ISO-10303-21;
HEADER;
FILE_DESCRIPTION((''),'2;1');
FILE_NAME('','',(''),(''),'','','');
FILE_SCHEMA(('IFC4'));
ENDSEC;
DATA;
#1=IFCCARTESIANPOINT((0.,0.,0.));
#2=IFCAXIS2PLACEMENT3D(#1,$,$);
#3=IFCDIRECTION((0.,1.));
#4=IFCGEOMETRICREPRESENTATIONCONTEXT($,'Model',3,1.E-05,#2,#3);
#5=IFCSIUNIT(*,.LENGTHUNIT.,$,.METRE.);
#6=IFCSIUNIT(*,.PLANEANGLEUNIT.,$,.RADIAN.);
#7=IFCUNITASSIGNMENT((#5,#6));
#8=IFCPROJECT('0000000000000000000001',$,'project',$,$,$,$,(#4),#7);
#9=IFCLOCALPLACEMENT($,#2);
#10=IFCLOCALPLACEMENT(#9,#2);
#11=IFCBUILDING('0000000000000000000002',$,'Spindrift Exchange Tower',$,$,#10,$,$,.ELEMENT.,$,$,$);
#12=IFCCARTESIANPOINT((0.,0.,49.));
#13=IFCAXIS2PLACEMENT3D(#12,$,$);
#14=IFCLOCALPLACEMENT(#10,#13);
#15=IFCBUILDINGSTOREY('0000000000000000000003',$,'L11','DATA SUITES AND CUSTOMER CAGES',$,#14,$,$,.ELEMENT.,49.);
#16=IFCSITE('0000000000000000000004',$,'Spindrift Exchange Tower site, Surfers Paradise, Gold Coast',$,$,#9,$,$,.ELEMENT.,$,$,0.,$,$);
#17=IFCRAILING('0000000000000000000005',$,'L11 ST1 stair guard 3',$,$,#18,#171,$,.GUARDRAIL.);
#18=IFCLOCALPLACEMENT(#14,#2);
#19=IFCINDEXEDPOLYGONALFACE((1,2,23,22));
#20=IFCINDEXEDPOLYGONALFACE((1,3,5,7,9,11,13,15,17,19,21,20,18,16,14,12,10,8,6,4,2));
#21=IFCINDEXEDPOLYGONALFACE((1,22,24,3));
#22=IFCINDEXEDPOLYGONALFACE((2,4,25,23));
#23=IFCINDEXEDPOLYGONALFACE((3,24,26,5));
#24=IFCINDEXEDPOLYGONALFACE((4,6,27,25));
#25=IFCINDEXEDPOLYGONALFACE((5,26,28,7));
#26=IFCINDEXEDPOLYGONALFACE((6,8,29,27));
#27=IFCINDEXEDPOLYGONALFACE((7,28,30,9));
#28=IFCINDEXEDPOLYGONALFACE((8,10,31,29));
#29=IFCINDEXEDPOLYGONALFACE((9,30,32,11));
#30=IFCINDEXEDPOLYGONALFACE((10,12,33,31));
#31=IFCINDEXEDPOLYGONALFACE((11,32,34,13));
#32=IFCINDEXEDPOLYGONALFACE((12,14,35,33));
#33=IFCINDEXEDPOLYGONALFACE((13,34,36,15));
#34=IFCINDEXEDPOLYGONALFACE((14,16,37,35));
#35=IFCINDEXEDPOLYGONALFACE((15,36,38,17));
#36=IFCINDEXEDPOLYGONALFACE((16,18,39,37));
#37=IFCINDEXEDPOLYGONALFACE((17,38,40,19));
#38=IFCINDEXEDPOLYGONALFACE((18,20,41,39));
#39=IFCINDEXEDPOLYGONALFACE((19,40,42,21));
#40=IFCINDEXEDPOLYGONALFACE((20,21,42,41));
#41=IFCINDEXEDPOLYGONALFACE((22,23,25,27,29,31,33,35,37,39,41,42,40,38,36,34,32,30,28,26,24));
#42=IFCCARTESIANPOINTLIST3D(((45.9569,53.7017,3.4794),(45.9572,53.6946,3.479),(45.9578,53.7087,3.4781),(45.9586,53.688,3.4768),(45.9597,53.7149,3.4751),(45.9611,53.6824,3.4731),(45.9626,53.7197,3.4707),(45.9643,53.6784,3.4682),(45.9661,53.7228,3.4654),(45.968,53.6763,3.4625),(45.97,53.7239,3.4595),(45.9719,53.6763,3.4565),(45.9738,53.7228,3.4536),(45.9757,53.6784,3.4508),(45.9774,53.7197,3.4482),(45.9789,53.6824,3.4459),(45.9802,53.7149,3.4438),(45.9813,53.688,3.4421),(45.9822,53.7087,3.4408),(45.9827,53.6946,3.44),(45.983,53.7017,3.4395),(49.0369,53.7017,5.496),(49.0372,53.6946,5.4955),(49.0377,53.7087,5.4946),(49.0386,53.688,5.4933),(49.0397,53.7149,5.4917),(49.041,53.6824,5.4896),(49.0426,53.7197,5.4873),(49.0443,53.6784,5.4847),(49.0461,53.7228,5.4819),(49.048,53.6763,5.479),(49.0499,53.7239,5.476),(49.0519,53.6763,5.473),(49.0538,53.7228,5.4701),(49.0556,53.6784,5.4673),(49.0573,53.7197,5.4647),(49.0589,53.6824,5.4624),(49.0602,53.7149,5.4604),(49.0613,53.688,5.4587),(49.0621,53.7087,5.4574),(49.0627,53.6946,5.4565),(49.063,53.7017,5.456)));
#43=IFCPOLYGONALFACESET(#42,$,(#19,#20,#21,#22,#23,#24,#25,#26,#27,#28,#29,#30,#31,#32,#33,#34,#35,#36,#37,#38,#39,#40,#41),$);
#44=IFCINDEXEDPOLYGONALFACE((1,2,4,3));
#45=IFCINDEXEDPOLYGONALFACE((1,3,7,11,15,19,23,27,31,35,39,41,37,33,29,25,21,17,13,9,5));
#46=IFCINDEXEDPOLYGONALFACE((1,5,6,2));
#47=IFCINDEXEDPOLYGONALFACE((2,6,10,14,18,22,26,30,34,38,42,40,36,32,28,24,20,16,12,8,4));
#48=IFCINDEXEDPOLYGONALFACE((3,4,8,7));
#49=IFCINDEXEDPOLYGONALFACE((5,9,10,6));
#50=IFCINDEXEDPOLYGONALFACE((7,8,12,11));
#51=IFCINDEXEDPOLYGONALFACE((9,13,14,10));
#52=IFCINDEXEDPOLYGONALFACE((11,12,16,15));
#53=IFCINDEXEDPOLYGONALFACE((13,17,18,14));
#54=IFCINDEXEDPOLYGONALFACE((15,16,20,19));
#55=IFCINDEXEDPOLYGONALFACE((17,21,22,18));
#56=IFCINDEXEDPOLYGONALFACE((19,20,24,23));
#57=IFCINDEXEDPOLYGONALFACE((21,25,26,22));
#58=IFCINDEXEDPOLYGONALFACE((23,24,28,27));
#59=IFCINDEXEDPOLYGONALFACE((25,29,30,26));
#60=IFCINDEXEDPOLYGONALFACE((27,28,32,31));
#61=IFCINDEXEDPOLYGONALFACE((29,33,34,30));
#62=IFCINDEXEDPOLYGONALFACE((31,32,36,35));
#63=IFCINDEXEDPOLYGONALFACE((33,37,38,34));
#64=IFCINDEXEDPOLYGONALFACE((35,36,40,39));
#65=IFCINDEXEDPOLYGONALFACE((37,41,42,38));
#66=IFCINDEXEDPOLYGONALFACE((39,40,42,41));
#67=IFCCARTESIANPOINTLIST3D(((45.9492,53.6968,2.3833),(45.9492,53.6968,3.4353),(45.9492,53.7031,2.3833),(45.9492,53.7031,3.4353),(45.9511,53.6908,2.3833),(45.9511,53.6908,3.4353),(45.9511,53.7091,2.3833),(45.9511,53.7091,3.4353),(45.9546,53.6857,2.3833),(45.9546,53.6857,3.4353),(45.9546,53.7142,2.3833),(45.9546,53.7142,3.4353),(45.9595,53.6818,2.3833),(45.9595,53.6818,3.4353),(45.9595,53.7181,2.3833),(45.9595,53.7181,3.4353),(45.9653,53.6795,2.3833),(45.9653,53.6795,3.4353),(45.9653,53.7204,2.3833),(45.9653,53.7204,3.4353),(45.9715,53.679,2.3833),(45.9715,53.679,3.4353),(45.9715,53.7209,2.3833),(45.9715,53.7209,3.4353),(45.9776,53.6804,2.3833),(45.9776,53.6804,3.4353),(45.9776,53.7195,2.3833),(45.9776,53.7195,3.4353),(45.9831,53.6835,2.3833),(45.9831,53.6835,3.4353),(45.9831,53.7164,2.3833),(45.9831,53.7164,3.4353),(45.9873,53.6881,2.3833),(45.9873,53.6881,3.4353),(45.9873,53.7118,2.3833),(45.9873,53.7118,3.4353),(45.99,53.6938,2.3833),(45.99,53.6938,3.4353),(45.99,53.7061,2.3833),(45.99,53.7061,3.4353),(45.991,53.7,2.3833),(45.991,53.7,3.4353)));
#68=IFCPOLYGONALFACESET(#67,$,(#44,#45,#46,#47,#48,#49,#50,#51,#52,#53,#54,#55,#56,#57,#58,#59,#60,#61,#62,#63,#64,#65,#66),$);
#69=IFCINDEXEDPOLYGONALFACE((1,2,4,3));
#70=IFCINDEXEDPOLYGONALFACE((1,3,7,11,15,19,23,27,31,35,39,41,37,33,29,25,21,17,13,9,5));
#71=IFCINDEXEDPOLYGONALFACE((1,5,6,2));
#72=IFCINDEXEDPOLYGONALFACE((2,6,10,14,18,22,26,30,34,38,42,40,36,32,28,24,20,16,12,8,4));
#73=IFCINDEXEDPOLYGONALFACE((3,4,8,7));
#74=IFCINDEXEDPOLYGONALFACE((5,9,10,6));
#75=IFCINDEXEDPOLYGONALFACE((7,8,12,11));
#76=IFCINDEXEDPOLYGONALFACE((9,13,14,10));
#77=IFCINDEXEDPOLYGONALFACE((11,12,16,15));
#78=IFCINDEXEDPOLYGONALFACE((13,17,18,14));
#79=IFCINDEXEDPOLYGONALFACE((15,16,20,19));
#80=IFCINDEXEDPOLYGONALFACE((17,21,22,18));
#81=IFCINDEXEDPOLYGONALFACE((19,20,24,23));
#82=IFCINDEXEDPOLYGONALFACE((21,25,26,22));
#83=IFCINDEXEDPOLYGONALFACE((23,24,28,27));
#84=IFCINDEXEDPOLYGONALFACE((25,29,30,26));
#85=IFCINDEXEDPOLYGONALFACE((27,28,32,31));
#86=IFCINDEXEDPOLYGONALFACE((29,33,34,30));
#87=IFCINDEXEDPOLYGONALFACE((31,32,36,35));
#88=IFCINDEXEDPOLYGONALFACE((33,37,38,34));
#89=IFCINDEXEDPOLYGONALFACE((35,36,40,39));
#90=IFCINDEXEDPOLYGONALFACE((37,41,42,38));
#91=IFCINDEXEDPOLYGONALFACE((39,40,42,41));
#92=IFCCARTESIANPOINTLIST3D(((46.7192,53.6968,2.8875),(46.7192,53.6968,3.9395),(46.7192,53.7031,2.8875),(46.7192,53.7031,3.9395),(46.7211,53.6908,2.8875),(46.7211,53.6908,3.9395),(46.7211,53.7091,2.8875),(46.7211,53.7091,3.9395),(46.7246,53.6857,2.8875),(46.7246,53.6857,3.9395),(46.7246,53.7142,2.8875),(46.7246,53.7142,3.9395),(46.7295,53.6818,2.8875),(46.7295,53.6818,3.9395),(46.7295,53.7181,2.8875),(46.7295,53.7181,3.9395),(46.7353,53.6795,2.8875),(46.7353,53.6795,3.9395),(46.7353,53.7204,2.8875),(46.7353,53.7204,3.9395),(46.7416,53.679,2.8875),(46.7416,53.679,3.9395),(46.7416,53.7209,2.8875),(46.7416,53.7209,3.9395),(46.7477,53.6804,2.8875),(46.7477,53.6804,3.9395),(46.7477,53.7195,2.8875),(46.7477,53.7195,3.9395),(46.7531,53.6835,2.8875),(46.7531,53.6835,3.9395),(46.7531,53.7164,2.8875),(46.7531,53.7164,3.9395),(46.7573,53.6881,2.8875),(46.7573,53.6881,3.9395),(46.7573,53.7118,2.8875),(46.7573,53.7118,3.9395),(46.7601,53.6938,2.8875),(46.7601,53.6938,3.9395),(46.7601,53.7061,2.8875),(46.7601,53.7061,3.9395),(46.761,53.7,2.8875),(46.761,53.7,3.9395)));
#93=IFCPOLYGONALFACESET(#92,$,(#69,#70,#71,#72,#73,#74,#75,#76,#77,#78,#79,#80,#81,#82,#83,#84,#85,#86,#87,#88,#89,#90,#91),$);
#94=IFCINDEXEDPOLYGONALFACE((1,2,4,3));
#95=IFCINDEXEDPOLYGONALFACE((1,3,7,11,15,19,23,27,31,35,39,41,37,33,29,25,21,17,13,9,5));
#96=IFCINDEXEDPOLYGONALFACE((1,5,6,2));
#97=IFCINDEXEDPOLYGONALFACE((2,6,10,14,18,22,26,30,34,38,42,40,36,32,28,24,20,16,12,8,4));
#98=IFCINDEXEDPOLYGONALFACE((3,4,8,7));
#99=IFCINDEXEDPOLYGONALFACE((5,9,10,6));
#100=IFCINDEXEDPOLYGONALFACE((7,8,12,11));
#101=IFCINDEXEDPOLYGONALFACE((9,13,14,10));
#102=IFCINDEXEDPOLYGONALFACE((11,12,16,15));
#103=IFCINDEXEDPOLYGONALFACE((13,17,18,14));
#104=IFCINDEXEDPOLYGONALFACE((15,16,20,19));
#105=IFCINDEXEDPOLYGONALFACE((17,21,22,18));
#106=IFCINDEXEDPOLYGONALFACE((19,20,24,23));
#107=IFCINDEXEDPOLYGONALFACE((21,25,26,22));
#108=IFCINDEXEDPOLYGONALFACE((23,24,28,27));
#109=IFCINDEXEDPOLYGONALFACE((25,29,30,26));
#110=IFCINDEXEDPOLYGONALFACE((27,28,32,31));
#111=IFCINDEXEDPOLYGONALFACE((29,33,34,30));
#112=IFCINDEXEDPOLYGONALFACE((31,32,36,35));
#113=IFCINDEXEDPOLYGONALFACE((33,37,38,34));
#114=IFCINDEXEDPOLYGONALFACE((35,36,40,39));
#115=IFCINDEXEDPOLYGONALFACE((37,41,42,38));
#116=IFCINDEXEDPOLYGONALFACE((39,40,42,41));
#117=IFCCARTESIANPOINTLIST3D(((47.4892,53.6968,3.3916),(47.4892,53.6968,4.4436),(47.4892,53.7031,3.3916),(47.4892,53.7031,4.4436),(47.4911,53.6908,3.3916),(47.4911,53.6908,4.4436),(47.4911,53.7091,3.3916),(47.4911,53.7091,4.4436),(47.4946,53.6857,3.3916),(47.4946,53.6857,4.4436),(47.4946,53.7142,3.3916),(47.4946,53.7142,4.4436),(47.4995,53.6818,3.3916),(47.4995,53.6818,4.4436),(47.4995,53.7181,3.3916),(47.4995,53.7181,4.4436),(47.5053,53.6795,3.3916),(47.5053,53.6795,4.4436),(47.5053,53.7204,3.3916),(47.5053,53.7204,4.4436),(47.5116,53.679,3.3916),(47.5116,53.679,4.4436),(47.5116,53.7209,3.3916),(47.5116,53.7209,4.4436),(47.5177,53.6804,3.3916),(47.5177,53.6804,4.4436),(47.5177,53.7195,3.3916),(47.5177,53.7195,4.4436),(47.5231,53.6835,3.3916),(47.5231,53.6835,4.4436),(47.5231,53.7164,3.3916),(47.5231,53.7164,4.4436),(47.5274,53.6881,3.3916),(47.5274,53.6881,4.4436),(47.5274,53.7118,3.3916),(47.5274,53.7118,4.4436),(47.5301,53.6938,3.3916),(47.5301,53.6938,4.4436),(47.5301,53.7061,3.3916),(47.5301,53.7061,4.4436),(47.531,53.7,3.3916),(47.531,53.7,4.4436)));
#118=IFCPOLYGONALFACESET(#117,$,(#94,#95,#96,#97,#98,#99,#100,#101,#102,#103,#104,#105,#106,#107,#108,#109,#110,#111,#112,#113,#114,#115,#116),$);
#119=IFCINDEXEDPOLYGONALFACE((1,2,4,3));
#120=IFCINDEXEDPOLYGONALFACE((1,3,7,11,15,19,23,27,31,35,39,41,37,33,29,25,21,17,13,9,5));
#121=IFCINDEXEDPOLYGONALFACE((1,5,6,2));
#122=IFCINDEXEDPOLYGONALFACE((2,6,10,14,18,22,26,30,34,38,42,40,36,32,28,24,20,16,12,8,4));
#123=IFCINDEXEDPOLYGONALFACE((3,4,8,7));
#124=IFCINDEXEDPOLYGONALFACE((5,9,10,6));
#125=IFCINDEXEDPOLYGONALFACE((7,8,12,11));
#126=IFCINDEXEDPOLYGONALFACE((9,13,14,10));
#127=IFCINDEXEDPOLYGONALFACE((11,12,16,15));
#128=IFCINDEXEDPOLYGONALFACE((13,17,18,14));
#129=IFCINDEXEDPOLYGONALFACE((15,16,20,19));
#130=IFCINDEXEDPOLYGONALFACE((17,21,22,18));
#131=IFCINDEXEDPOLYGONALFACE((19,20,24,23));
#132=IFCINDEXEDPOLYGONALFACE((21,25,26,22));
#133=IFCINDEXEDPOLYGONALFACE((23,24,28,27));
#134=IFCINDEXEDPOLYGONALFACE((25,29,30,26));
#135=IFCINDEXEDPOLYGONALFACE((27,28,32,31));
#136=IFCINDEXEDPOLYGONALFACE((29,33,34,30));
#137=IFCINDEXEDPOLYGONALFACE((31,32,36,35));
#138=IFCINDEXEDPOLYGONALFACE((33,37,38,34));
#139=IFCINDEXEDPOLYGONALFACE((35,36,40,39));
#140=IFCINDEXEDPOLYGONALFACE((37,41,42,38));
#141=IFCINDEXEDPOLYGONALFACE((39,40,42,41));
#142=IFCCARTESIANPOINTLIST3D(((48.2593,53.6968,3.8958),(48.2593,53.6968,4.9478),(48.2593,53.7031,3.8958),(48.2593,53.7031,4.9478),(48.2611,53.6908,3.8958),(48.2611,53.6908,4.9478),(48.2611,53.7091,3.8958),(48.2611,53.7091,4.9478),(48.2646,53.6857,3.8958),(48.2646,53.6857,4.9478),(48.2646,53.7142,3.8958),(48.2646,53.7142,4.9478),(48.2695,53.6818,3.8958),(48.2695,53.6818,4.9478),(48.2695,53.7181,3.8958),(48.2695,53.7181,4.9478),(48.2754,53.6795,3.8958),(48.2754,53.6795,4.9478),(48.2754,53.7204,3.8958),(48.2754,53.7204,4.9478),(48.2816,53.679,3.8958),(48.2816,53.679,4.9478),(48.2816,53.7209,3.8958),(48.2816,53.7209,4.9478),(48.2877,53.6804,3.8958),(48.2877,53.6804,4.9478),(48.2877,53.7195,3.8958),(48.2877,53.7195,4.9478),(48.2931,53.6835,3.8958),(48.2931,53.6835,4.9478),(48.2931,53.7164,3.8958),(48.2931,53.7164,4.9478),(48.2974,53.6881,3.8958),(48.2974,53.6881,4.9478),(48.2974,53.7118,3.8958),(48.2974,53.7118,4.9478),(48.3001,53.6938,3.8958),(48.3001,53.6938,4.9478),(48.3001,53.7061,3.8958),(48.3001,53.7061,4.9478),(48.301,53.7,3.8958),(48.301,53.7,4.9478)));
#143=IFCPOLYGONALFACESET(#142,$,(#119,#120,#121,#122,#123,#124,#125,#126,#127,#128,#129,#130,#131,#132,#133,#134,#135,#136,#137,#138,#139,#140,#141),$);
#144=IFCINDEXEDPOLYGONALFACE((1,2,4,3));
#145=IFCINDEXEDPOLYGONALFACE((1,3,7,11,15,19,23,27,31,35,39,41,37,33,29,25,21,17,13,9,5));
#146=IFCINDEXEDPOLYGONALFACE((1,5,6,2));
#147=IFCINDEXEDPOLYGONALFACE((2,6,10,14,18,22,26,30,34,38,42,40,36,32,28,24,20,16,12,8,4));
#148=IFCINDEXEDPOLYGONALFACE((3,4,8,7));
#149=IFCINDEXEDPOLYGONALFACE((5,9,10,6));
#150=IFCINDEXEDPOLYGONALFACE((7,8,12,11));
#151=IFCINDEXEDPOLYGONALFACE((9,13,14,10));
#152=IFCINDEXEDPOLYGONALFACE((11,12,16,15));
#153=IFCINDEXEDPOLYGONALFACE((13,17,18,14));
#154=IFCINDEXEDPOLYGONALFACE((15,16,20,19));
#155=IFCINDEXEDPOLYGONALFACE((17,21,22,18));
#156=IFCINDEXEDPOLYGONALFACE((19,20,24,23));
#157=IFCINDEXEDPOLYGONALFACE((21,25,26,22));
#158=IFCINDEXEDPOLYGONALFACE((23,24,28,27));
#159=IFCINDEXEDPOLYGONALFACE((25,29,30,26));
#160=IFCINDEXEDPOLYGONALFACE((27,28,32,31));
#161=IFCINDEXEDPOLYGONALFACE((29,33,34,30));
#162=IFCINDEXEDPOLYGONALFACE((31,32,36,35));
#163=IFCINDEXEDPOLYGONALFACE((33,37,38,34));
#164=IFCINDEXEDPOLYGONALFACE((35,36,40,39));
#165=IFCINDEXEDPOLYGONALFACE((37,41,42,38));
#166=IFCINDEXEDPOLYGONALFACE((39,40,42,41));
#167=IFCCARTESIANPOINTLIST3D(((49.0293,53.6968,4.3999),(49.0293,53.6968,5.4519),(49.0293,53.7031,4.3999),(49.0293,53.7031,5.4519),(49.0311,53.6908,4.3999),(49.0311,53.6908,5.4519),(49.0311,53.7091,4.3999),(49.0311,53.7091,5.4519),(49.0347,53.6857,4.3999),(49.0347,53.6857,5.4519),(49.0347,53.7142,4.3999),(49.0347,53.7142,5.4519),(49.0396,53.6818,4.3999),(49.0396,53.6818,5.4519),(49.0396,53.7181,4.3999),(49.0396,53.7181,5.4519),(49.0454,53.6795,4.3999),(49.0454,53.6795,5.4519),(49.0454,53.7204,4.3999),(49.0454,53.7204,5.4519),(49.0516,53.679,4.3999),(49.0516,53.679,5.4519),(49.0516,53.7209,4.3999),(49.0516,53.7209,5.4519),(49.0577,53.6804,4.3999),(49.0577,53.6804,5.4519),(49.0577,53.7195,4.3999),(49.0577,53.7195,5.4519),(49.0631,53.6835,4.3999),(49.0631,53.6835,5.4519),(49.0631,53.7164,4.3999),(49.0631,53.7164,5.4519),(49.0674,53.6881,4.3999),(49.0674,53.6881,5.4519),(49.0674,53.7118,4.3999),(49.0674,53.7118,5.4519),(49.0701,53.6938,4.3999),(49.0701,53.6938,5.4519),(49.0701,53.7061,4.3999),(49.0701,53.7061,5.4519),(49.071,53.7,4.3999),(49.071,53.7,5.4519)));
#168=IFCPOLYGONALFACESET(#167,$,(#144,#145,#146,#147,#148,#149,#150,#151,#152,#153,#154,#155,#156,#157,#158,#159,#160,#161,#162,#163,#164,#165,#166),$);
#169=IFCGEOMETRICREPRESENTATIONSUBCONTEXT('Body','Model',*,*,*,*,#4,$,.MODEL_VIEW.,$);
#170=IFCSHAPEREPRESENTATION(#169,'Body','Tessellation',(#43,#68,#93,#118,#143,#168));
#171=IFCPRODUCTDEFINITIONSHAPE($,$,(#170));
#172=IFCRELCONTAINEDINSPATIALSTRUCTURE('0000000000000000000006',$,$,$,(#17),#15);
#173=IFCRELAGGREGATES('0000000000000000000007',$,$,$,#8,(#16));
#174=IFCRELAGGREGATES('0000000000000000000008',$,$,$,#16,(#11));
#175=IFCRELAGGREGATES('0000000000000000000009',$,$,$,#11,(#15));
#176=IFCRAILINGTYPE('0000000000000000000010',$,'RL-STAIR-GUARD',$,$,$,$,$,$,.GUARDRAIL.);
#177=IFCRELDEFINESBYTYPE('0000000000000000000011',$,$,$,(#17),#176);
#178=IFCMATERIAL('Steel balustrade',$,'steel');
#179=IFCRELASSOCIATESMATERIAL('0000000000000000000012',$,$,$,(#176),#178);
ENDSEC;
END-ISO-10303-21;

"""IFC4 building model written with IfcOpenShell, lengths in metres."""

from ifc_helpers import new_model, si_unit, direction, frame, origin, origin_2d, place, context, subcontext, project, spatial, circle, extrude, material, type_object, element, save


model = new_model("IFC4")

# Units and contexts
model_context = context("Model", 3, precision=1e-05, world=origin(), true_north=direction((0.0, 1.0)))
body_context = subcontext(model_context, "Body", "Model", "MODEL_VIEW")
ifc_project = project(units=[si_unit("LENGTHUNIT", "METRE"), si_unit("PLANEANGLEUNIT", "RADIAN")], contexts=[model_context])

# Site, building, storey
site_placement = place(None, origin())
site = spatial("IfcSite", under=ifc_project, at=site_placement, Name="Spindrift Exchange Tower site, Surfers Paradise, Gold Coast", CompositionType="ELEMENT", RefElevation=0.0)
building_placement = place(site_placement, origin())
building = spatial("IfcBuilding", under=site, at=building_placement, Name="Spindrift Exchange Tower", CompositionType="ELEMENT")
storey_placement = place(building_placement, frame((0.0, 0.0, 49.0)))
storey = spatial("IfcBuildingStorey", under=building, at=storey_placement, Name="L11", Description="DATA SUITES AND CUSTOMER CAGES", CompositionType="ELEMENT", Elevation=49.0)

# Railing
ifc_material_1 = material(Name="Steel balustrade", Category="steel")
railing_type_1 = type_object("IfcRailingType", Name="RL-STAIR-GUARD", PredefinedType="GUARDRAIL", material=ifc_material_1)
railing_1_placement = place(storey_placement, frame((45.97, 53.7, 2.3833)))
element("IfcRailing", 1, at=railing_1_placement, inside=storey, type_object=railing_type_1, Name="L11 ST1 stair guard 3", PredefinedType="GUARDRAIL", context=body_context, shape_type="SweptSolid", body=[
    extrude(circle(Radius=0.0239, at=origin_2d()), frame((0.0, 0.0, 1.0762), z_axis=(0.836633, 0.0, 0.547764), x_axis=(0.0, 1.0, 0.0)), (0.0, 0.0, 1.0), 3.6814),
    extrude(circle(Radius=0.021, at=origin_2d()), origin(), (0.0, 0.0, 1.0), 1.052),
    extrude(circle(Radius=0.021, at=origin_2d()), frame((0.77, 0.0, 0.5042)), (0.0, 0.0, 1.0), 1.052),
    extrude(circle(Radius=0.021, at=origin_2d()), frame((1.54, 0.0, 1.0083)), (0.0, 0.0, 1.0), 1.052),
    extrude(circle(Radius=0.021, at=origin_2d()), frame((2.3101, 0.0, 1.5125)), (0.0, 0.0, 1.0), 1.052),
    extrude(circle(Radius=0.021, at=origin_2d()), frame((3.0801, 0.0, 2.0166)), (0.0, 0.0, 1.0), 1.052),
])

save(model, "model.ifc")
